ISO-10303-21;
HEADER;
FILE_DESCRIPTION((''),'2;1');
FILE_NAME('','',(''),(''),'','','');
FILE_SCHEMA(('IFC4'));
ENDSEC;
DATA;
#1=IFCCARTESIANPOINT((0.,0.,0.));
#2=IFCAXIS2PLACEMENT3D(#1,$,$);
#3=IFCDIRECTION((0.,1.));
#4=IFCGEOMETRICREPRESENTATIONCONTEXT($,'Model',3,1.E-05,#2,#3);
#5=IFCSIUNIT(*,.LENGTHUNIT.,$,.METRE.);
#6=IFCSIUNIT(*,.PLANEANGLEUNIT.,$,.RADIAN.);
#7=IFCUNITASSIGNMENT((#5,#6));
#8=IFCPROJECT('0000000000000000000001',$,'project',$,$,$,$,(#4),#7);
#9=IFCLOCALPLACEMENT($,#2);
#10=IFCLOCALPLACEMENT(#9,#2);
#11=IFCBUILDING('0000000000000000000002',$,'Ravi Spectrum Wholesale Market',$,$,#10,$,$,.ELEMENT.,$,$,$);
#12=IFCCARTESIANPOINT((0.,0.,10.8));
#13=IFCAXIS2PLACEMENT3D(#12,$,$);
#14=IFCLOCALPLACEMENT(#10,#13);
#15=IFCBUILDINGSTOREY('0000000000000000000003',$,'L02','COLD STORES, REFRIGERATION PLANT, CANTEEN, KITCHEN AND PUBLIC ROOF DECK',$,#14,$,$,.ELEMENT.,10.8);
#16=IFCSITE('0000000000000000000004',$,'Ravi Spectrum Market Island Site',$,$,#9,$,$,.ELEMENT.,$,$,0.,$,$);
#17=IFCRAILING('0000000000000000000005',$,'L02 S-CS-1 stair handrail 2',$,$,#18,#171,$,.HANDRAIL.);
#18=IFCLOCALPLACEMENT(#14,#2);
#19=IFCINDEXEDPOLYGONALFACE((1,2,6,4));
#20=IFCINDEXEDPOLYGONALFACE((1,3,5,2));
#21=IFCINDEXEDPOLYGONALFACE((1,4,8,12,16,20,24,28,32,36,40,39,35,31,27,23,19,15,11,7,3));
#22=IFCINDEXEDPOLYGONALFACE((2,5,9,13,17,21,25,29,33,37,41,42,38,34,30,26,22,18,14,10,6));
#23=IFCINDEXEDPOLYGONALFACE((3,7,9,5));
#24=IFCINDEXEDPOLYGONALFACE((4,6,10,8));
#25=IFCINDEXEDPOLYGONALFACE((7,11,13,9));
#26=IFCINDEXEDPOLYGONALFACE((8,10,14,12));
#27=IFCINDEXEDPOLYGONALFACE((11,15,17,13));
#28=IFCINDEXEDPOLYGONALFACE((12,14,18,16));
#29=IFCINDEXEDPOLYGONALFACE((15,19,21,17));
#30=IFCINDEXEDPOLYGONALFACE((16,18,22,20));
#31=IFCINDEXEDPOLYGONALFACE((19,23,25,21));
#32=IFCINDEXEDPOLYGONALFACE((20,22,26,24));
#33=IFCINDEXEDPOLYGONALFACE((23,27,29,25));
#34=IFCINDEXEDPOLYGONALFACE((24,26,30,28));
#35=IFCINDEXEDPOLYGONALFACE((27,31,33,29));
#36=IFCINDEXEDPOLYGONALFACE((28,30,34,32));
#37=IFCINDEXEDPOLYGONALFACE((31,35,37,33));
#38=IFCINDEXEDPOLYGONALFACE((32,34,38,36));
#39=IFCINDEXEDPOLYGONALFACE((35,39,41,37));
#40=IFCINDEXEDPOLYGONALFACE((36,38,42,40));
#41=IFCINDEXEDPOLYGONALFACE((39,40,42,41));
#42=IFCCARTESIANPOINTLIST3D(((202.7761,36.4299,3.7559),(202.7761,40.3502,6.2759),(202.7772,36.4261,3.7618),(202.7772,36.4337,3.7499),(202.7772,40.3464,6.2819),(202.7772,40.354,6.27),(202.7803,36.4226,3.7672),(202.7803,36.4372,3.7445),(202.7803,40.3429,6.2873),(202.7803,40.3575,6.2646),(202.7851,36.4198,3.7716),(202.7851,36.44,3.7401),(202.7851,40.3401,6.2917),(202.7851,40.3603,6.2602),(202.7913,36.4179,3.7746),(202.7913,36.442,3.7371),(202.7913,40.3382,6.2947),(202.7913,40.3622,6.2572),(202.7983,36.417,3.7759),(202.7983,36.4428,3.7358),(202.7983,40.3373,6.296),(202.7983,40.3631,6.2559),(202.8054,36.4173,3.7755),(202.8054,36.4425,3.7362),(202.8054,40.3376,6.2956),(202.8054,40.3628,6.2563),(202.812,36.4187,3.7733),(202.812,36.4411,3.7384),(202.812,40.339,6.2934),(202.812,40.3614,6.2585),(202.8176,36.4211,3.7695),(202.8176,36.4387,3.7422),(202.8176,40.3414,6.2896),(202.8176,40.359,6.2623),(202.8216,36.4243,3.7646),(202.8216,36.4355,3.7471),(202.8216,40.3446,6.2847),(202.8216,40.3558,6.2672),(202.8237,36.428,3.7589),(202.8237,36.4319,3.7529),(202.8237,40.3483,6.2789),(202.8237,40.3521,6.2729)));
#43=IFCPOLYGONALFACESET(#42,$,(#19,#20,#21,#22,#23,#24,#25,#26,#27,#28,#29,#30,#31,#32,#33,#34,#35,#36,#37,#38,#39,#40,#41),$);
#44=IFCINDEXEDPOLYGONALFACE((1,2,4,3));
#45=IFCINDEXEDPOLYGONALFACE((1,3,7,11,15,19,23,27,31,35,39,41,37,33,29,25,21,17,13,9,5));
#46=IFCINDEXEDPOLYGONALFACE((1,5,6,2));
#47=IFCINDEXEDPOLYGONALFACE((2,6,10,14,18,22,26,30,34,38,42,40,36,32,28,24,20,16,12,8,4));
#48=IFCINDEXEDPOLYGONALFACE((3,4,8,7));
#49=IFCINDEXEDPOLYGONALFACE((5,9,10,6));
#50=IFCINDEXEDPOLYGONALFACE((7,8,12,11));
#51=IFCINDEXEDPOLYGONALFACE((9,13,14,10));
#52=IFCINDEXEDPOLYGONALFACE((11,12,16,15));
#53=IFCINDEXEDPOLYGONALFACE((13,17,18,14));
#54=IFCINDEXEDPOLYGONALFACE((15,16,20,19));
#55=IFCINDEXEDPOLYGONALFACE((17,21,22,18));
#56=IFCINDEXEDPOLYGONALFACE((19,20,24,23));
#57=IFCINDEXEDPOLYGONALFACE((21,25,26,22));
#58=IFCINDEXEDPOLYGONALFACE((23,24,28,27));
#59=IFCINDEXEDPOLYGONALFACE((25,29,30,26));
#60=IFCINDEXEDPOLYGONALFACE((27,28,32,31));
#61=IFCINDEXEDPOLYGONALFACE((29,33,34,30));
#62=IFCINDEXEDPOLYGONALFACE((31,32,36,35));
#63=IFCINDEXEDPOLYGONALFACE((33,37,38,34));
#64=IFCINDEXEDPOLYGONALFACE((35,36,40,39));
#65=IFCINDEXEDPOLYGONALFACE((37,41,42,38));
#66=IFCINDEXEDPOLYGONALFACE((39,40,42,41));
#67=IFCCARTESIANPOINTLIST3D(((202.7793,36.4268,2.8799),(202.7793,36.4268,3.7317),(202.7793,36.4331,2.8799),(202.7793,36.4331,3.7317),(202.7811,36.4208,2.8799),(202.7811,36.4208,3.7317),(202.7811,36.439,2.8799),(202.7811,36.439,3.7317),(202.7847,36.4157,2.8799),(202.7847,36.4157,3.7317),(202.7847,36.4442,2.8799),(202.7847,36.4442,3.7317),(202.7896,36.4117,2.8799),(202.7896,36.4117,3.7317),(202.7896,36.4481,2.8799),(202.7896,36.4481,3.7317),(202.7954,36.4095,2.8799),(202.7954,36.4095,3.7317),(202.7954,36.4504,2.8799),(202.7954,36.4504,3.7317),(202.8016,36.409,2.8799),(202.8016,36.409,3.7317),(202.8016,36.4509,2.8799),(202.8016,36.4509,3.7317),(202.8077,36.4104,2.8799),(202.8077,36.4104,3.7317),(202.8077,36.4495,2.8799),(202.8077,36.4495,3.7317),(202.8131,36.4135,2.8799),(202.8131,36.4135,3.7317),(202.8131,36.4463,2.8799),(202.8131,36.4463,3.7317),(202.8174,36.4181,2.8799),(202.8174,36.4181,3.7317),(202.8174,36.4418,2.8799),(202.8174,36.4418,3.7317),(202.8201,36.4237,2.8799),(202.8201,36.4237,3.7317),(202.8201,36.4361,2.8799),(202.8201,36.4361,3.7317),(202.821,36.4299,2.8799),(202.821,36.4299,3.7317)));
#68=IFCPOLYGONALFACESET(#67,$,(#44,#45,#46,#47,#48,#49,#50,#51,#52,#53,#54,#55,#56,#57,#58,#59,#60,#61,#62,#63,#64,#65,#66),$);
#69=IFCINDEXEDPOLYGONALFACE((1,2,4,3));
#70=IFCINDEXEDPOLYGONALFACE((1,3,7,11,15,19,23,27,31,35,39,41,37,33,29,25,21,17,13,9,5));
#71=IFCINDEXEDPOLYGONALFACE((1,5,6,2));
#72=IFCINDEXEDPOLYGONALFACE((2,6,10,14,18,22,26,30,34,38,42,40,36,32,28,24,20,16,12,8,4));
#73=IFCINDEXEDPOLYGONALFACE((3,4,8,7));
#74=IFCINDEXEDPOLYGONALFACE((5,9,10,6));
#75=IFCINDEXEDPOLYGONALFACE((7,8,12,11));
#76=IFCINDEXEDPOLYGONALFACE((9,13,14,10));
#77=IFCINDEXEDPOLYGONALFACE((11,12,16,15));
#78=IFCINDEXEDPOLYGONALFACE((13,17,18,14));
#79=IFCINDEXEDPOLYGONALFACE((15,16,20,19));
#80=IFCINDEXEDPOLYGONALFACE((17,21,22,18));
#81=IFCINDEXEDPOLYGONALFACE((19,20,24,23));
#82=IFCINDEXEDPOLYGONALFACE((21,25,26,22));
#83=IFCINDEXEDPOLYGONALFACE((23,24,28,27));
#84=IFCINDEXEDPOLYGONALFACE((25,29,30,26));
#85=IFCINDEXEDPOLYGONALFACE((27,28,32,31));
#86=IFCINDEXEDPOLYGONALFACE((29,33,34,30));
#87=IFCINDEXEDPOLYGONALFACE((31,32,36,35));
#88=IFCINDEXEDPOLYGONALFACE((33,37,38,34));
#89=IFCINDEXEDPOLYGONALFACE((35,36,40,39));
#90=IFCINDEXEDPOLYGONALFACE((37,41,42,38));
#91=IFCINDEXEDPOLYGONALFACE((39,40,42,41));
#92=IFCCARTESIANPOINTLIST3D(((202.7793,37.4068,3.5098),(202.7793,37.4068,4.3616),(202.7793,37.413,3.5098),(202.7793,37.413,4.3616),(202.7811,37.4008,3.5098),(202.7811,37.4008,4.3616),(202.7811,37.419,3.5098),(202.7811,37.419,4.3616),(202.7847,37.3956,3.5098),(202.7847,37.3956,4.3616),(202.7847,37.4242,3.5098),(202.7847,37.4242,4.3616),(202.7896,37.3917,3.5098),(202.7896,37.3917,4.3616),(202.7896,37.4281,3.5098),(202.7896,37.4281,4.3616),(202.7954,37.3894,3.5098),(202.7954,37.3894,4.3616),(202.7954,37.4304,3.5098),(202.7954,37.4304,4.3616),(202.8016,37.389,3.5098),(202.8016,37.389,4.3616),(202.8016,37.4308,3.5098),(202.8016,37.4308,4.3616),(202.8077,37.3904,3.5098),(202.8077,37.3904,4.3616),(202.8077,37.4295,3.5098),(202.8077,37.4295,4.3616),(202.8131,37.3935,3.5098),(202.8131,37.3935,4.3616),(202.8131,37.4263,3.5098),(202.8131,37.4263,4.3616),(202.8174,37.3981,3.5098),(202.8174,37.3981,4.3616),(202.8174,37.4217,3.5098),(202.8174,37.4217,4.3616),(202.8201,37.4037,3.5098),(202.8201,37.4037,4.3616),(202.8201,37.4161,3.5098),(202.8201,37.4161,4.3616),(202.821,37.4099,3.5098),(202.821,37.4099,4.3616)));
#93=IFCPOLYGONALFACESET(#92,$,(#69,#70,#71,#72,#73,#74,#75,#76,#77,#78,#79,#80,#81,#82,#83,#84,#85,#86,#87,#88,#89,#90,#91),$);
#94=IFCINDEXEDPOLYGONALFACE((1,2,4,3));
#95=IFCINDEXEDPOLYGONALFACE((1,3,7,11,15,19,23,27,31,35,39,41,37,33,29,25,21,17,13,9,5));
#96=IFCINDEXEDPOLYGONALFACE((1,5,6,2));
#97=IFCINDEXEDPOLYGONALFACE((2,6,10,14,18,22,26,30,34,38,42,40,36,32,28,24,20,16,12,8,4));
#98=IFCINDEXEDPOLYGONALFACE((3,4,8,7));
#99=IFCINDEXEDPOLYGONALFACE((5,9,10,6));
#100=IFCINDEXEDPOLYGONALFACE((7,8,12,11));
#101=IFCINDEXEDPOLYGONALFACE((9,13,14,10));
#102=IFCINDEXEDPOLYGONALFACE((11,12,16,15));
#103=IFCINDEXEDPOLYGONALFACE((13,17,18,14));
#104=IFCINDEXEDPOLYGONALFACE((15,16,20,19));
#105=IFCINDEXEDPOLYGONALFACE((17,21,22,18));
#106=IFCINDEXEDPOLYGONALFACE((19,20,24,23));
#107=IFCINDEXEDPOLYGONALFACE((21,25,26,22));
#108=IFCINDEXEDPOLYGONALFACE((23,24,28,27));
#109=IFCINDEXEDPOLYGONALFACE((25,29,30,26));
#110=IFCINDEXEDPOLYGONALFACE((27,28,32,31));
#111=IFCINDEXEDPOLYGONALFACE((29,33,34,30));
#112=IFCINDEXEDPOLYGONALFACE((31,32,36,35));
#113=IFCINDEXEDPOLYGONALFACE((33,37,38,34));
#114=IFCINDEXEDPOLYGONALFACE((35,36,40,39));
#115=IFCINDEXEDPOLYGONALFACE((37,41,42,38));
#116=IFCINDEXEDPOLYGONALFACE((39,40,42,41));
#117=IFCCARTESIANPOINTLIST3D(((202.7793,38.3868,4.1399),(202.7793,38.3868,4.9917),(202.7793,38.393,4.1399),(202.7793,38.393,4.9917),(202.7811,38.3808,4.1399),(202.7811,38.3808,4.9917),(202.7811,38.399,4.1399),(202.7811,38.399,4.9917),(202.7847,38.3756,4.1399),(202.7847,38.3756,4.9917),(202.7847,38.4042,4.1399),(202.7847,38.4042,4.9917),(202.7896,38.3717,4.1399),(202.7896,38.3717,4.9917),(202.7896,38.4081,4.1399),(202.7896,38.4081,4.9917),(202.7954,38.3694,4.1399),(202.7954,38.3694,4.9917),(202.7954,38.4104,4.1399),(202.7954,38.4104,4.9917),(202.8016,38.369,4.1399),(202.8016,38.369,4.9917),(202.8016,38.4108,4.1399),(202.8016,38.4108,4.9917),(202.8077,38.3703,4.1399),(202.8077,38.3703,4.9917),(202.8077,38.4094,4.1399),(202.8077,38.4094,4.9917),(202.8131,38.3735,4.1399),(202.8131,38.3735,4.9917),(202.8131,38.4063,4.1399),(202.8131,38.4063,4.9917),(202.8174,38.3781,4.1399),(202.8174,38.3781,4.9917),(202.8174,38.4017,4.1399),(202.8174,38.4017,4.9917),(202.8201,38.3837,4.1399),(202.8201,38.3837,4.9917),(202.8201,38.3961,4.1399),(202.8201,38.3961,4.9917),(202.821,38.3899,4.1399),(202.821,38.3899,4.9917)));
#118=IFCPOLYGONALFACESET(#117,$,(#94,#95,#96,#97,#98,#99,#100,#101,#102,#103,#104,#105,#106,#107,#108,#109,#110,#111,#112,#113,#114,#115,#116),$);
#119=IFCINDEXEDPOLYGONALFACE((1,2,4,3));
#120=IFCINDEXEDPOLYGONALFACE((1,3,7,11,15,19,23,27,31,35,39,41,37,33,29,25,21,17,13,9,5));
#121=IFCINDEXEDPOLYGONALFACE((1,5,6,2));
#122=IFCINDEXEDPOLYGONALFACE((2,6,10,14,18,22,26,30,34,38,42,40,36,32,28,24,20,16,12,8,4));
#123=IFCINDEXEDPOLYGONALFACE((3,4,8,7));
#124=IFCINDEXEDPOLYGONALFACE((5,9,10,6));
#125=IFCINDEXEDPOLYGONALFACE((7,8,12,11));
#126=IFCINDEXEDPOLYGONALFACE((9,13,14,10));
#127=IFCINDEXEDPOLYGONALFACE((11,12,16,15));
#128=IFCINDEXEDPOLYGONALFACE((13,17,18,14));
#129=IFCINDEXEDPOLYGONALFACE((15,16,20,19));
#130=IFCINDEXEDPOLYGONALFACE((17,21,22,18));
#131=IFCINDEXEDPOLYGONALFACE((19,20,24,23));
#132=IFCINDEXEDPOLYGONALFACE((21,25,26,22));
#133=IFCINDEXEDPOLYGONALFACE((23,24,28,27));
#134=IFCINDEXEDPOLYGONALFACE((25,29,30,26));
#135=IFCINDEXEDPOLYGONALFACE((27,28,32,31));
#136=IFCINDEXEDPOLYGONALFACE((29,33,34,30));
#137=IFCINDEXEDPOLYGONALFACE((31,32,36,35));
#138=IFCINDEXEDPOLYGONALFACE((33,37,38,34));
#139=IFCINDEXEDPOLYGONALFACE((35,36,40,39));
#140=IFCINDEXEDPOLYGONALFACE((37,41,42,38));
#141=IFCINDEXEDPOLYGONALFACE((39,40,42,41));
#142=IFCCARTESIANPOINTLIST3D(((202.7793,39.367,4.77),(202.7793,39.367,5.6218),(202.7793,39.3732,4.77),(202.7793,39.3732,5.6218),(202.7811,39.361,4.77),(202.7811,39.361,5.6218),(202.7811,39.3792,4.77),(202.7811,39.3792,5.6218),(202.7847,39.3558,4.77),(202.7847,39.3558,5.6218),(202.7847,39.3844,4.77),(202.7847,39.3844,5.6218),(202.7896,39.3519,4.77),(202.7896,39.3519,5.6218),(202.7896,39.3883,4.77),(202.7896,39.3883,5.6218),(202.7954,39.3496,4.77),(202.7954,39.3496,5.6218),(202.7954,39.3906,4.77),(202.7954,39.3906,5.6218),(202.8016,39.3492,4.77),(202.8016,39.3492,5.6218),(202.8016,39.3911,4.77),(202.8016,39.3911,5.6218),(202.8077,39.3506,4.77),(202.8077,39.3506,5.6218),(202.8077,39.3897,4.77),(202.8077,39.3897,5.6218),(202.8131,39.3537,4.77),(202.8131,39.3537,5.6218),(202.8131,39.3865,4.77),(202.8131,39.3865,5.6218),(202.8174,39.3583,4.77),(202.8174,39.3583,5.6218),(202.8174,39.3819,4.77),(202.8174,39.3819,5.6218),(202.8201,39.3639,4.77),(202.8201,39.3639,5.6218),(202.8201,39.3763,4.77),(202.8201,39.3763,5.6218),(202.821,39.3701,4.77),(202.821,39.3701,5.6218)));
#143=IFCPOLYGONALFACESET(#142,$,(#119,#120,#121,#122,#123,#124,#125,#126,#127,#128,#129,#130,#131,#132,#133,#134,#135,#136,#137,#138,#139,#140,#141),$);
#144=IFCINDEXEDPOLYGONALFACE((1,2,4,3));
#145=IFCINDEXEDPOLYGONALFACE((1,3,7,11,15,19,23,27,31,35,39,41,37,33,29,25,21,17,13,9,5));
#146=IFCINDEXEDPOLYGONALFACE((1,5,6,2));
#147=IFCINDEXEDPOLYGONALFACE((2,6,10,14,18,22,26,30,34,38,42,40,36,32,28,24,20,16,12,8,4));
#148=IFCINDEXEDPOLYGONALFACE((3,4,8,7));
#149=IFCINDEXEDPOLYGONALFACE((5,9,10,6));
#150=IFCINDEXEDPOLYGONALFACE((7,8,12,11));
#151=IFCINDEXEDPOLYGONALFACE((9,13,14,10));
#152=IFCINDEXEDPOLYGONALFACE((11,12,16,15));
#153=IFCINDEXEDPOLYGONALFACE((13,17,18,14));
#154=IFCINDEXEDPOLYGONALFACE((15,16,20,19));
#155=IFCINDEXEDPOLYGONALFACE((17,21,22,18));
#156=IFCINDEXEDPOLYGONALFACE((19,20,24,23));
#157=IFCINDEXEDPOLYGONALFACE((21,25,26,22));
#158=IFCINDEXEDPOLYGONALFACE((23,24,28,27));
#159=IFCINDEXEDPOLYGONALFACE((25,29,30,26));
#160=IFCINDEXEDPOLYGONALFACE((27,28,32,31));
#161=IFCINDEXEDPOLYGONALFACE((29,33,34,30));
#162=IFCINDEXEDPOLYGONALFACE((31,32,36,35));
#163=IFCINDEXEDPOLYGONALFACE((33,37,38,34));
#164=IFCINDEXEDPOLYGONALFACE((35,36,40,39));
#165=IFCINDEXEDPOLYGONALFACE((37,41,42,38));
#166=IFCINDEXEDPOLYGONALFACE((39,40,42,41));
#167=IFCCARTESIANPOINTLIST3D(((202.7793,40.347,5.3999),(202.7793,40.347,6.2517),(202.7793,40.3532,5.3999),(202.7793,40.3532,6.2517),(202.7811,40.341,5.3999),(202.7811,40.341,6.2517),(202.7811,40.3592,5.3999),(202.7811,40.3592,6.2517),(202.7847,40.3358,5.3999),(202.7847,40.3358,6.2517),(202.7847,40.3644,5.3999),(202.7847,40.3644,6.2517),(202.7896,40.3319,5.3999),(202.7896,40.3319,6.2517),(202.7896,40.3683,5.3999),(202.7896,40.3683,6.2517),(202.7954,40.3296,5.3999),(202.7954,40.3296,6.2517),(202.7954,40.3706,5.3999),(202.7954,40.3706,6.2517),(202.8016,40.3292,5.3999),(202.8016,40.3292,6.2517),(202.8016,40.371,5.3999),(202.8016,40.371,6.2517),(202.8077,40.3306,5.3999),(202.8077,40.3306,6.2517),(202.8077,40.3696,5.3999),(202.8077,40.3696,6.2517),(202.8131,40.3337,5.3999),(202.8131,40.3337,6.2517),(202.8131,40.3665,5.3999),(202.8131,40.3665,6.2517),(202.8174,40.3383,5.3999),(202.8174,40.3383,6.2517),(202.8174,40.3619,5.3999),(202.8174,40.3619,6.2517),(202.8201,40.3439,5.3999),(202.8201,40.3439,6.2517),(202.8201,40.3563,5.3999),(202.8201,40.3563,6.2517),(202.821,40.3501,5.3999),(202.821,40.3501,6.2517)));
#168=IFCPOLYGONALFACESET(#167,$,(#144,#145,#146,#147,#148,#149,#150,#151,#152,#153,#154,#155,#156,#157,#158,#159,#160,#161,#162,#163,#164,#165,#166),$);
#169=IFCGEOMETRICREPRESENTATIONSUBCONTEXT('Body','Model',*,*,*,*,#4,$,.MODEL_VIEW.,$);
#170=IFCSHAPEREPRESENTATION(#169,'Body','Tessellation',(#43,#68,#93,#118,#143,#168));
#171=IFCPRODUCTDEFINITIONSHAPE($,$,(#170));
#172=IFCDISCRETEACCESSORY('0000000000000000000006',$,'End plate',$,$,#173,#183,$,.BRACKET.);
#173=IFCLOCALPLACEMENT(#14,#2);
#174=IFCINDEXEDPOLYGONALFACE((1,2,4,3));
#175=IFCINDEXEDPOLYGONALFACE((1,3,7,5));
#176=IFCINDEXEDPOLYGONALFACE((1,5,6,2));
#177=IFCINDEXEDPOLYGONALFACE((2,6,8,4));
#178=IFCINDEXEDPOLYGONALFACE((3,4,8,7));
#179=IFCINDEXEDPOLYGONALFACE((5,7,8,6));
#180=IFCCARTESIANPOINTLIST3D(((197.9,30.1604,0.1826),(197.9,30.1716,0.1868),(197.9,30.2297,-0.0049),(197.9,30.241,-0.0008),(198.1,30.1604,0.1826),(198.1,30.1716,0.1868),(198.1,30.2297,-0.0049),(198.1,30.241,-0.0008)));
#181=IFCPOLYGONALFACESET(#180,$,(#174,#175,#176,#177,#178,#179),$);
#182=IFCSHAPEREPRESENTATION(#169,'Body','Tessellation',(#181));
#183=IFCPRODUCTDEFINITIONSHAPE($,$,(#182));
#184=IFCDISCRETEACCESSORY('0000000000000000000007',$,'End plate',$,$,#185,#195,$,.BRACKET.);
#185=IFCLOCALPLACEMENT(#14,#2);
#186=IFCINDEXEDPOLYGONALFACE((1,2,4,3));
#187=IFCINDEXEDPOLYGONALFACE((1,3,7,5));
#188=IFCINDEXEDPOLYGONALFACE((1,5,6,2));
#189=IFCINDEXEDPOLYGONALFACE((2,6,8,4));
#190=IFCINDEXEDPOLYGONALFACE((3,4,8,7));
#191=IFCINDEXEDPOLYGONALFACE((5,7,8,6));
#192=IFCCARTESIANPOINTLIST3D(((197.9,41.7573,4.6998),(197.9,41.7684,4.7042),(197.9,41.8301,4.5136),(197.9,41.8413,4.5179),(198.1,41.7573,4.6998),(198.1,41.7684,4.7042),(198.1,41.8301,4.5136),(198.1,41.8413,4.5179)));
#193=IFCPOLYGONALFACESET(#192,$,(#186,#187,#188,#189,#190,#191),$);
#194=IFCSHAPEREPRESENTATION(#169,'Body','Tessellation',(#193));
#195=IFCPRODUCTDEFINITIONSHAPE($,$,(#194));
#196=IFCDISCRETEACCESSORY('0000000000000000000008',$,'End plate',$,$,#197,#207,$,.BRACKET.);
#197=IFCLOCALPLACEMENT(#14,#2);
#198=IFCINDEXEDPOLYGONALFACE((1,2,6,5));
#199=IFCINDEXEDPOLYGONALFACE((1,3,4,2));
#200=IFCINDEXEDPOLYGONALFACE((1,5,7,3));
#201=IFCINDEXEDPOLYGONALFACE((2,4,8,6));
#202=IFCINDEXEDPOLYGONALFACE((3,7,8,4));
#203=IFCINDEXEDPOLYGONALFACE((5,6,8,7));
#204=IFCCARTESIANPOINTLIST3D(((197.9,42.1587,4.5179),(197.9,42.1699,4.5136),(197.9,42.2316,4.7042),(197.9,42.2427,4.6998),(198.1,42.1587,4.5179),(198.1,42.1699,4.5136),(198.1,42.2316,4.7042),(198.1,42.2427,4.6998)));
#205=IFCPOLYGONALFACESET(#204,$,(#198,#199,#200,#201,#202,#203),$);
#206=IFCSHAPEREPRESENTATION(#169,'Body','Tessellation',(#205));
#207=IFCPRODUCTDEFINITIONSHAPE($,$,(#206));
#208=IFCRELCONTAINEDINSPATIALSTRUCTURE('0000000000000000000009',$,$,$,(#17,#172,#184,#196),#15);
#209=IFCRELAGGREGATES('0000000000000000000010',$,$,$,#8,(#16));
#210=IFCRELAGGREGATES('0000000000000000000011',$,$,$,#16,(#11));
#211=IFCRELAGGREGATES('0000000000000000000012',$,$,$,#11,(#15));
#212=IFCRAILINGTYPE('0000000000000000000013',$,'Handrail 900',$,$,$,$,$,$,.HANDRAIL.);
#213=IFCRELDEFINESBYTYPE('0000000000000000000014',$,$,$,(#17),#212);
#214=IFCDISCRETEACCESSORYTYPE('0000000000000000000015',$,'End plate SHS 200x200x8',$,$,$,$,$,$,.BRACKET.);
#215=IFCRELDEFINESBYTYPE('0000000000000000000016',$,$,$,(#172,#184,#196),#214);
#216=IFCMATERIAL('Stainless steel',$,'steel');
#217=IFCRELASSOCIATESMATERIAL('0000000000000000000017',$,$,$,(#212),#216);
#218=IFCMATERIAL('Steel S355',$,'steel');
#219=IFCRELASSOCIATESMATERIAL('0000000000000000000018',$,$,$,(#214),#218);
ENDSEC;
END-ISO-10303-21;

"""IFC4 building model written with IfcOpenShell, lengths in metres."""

from ifc_helpers import new_model, si_unit, direction, frame, origin, origin_2d, place, context, subcontext, project, spatial, rectangle, circle, extrude, material, material_profile, profile_set, type_object, element, save


model = new_model("IFC4")

# Units and contexts
model_context = context("Model", 3, precision=1e-05, world=origin(), true_north=direction((0.0, 1.0)))
body_context = subcontext(model_context, "Body", "Model", "MODEL_VIEW")
ifc_project = project(units=[si_unit("LENGTHUNIT", "METRE"), si_unit("PLANEANGLEUNIT", "RADIAN")], contexts=[model_context])

# Site, building, storey
site_placement = place(None, origin())
site = spatial("IfcSite", under=ifc_project, at=site_placement, Name="Ravi Spectrum Market Island Site", CompositionType="ELEMENT", RefElevation=0.0)
building_placement = place(site_placement, origin())
building = spatial("IfcBuilding", under=site, at=building_placement, Name="Ravi Spectrum Wholesale Market", CompositionType="ELEMENT")
storey_placement = place(building_placement, frame((0.0, 0.0, 10.8)))
storey = spatial("IfcBuildingStorey", under=building, at=storey_placement, Name="L02", Description="COLD STORES, REFRIGERATION PLANT, CANTEEN, KITCHEN AND PUBLIC ROOF DECK", CompositionType="ELEMENT", Elevation=10.8)

# Railing
ifc_material_1 = material(Name="Stainless steel", Category="steel")
railing_type_1 = type_object("IfcRailingType", Name="Handrail 900", PredefinedType="HANDRAIL", material=ifc_material_1)
railing_1_placement = place(storey_placement, frame((202.8, 36.4299, 2.8799)))
element("IfcRailing", 1, at=railing_1_placement, inside=storey, type_object=railing_type_1, Name="L02 S-CS-1 stair handrail 2", PredefinedType="HANDRAIL", context=body_context, shape_type="SweptSolid", body=[
    extrude(circle(Radius=0.0239, at=origin_2d()), frame((0.0, 0.0, 0.876), z_axis=(0.0, 0.841187, 0.540744), x_axis=(-1.0, 0.0, 0.0)), (0.0, 0.0, 1.0), 4.6604),
    extrude(circle(Radius=0.021, at=origin_2d()), origin(), (0.0, 0.0, 1.0), 0.8518),
    extrude(circle(Radius=0.021, at=origin_2d()), frame((0.0, 0.98, 0.6299)), (0.0, 0.0, 1.0), 0.8518),
    extrude(circle(Radius=0.021, at=origin_2d()), frame((0.0, 1.96, 1.26)), (0.0, 0.0, 1.0), 0.8518),
    extrude(circle(Radius=0.021, at=origin_2d()), frame((0.0, 2.9402, 1.8901)), (0.0, 0.0, 1.0), 0.8518),
    extrude(circle(Radius=0.021, at=origin_2d()), frame((0.0, 3.9202, 2.52)), (0.0, 0.0, 1.0), 0.8518),
])

# Discrete accessories
ifc_material_2 = material(Name="Steel S355", Category="steel")
ifc_material_profile_1 = material_profile(ifc_material_2, rectangle(XDim=0.2, YDim=0.2, at=origin_2d()))
ifc_profile_set_1 = profile_set([ifc_material_profile_1], Name="Steel S355")
discrete_accessory_type = type_object("IfcDiscreteAccessoryType", Name="End plate SHS 200x200x8", PredefinedType="BRACKET", material=ifc_profile_set_1)
for number, where, z_axis, x_axis, name in (
    (2, (198.0, 30.2063, 0.093), (0.0, -0.937994, -0.34665), (1.0, 0.0, 0.0), "End plate"),
    (3, (198.0, 41.7937, 4.6067), (0.0, 0.931243, 0.364399), (-1.0, 0.0, 0.0), "End plate"),
    (4, (198.0, 42.2063, 4.6067), (0.0, -0.931243, 0.364399), (1.0, 0.0, 0.0), "End plate"),
):
    element("IfcDiscreteAccessory", number, at=place(storey_placement, frame(where, z_axis=z_axis, x_axis=x_axis)), inside=storey, type_object=discrete_accessory_type, Name=name, PredefinedType="BRACKET", context=body_context, shape_type="SweptSolid", body=[
        extrude(rectangle(XDim=0.2, YDim=0.2, at=origin_2d()), origin(), (0.0, 0.0, 1.0), 0.012),
    ])

save(model, "model.ifc")
